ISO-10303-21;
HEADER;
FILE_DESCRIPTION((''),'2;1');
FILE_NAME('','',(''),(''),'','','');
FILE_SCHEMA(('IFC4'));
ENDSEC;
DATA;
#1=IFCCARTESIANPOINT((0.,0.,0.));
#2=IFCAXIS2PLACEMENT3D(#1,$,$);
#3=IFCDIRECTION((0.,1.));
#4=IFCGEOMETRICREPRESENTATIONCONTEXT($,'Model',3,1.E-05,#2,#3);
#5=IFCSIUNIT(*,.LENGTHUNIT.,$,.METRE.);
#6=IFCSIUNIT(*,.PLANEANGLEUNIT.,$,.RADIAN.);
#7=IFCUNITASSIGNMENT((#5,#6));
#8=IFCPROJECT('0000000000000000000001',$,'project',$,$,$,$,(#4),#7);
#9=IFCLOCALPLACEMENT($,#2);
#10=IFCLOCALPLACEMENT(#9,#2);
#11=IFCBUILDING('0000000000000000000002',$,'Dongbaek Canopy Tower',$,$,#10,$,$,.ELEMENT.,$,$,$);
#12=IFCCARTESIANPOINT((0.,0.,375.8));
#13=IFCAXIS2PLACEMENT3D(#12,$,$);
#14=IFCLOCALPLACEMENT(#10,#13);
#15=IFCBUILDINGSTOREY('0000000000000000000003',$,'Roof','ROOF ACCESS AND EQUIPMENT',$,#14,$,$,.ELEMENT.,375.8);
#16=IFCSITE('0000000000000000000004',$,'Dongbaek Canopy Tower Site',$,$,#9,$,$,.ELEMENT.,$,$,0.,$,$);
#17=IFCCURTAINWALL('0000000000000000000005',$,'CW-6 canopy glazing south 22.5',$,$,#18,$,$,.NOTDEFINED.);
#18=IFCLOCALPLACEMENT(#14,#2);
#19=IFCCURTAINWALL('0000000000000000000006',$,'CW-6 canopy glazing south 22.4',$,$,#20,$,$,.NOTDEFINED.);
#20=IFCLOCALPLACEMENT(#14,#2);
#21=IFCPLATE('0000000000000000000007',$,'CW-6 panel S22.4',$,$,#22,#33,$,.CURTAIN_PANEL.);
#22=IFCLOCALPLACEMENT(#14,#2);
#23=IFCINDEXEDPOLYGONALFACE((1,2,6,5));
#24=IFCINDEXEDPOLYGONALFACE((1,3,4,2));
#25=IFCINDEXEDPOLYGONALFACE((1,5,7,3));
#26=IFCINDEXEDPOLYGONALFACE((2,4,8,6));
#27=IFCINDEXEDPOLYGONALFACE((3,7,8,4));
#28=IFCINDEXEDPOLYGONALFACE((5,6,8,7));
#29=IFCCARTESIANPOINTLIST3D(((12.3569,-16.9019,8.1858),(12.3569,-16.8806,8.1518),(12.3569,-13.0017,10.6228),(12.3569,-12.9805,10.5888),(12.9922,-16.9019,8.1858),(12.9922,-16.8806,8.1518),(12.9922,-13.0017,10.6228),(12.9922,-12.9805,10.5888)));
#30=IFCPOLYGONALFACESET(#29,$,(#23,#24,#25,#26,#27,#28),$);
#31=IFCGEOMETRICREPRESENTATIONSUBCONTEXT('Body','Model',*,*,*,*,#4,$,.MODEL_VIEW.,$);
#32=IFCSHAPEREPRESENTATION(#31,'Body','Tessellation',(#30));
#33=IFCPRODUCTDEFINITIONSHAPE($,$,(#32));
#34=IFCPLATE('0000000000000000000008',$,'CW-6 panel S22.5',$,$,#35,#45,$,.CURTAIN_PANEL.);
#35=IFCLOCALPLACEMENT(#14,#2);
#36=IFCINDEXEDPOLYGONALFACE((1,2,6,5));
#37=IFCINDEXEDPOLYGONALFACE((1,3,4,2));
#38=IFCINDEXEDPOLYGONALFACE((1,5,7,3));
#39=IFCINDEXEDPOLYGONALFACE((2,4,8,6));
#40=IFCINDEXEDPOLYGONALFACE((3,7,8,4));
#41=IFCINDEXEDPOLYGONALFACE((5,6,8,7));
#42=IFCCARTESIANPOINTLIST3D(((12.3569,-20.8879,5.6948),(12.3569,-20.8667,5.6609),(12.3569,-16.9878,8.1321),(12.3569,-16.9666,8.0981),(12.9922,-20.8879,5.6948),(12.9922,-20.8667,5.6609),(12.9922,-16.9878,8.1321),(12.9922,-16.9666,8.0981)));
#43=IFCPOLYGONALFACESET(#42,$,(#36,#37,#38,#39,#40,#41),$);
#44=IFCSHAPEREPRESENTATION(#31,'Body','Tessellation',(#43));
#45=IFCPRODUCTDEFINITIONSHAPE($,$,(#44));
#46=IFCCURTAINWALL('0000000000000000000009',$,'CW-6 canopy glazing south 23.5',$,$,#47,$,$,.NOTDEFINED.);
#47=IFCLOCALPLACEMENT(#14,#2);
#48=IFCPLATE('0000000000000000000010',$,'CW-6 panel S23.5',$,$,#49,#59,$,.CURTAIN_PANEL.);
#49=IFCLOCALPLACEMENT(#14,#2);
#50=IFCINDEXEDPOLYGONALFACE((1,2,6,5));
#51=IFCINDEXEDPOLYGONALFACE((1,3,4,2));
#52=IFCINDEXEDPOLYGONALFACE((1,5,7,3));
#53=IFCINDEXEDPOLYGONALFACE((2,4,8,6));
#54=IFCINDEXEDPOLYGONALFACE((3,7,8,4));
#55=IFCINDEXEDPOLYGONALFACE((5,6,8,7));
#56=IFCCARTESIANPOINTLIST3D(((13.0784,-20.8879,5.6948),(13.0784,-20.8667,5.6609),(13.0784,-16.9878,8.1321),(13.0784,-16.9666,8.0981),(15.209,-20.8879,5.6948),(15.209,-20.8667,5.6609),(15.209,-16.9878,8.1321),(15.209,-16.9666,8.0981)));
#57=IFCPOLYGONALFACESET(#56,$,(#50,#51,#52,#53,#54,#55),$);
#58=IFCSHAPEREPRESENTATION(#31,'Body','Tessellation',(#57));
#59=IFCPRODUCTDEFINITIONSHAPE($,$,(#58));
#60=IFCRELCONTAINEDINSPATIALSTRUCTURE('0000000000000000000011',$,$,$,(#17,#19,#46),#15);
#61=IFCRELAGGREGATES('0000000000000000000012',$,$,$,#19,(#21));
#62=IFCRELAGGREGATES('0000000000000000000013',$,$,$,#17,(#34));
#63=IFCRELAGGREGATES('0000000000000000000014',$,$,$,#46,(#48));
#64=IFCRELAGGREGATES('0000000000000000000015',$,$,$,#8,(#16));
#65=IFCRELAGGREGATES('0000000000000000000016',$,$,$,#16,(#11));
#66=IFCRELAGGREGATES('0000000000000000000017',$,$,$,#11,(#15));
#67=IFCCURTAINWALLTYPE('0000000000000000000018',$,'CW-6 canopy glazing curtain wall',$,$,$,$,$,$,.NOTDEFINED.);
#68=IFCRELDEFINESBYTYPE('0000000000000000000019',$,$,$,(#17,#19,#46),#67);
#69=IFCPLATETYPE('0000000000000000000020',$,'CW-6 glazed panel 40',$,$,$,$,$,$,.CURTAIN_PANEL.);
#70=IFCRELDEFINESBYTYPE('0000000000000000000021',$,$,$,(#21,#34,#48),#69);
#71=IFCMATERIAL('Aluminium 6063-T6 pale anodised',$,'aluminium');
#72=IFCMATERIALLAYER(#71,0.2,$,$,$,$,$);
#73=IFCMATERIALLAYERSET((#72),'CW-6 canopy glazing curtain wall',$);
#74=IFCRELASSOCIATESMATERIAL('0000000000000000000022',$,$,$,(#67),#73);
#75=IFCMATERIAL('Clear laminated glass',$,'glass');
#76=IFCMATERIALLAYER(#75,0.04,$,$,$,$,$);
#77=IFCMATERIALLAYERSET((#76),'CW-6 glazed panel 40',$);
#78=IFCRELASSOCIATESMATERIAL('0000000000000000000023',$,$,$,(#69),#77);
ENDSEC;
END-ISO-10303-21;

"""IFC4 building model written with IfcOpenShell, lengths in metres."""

from ifc_helpers import new_model, si_unit, direction, frame, origin, place, context, subcontext, project, spatial, polyline, outline, extrude, material, layer, layer_set, type_object, element, aggregate, save


model = new_model("IFC4")

# Units and contexts
model_context = context("Model", 3, precision=1e-05, world=origin(), true_north=direction((0.0, 1.0)))
body_context = subcontext(model_context, "Body", "Model", "MODEL_VIEW")
ifc_project = project(units=[si_unit("LENGTHUNIT", "METRE"), si_unit("PLANEANGLEUNIT", "RADIAN")], contexts=[model_context])

# Site, building, storey
site_placement = place(None, origin())
site = spatial("IfcSite", under=ifc_project, at=site_placement, Name="Dongbaek Canopy Tower Site", CompositionType="ELEMENT", RefElevation=0.0)
building_placement = place(site_placement, origin())
building = spatial("IfcBuilding", under=site, at=building_placement, Name="Dongbaek Canopy Tower", CompositionType="ELEMENT")
storey_placement = place(building_placement, frame((0.0, 0.0, 375.8)))
storey = spatial("IfcBuildingStorey", under=building, at=storey_placement, Name="Roof", Description="ROOF ACCESS AND EQUIPMENT", CompositionType="ELEMENT", Elevation=375.8)

# Curtain walls
ifc_material_1 = material(Name="Aluminium 6063-T6 pale anodised", Category="aluminium")
ifc_layer_1 = layer(ifc_material_1, 0.2)
ifc_layer_set_1 = layer_set([ifc_layer_1], Name="CW-6 canopy glazing curtain wall")
curtain_wall_type = type_object("IfcCurtainWallType", Name="CW-6 canopy glazing curtain wall", PredefinedType="NOTDEFINED", material=ifc_layer_set_1)
curtain_wall_1_placement = place(storey_placement, origin())
curtain_wall_1 = element("IfcCurtainWall", 1, at=curtain_wall_1_placement, inside=storey, type_object=curtain_wall_type, Name="CW-6 canopy glazing south 22.5", PredefinedType="NOTDEFINED")
curtain_wall_2_placement = place(storey_placement, origin())
curtain_wall_2 = element("IfcCurtainWall", 2, at=curtain_wall_2_placement, inside=storey, type_object=curtain_wall_type, Name="CW-6 canopy glazing south 22.4", PredefinedType="NOTDEFINED")

# Shared definitions
ifc_material_2 = material(Name="Clear laminated glass", Category="glass")
ifc_layer_2 = layer(ifc_material_2, 0.04)
ifc_layer_set_2 = layer_set([ifc_layer_2], Name="CW-6 glazed panel 40")
plate_type = type_object("IfcPlateType", Name="CW-6 glazed panel 40", PredefinedType="CURTAIN_PANEL", material=ifc_layer_set_2)

# Plates
plate_1_placement = place(storey_placement, frame((12.9922, -16.9019, 8.1858), z_axis=(0.0, -0.529908, 0.848055), x_axis=(-1.0, 0.0, 0.0)))
plate_1 = element("IfcPlate", 3, at=plate_1_placement, type_object=plate_type, Name="CW-6 panel S22.4", PredefinedType="CURTAIN_PANEL", context=body_context, shape_type="SweptSolid", body=[
    extrude(outline(polyline([(0.0, 0.0), (0.6353, 0.0), (0.6353, -4.5989), (0.0, -4.5989), (0.0, 0.0)])), origin(), (0.0, 0.0, -1.0), 0.04),
])
aggregate(curtain_wall_2, [plate_1])
plate_2_placement = place(storey_placement, frame((12.9922, -20.8879, 5.6948), z_axis=(0.0, -0.529946, 0.848031), x_axis=(-1.0, 0.0, 0.0)))
plate_2 = element("IfcPlate", 4, at=plate_2_placement, type_object=plate_type, Name="CW-6 panel S22.5", PredefinedType="CURTAIN_PANEL", context=body_context, shape_type="SweptSolid", body=[
    extrude(outline(polyline([(0.0, 0.0), (0.6353, 0.0), (0.6353, -4.5991), (0.0, -4.5991), (0.0, 0.0)])), origin(), (0.0, 0.0, -1.0), 0.04),
])
aggregate(curtain_wall_1, [plate_2])

# Curtain wall, plate
curtain_wall_3_placement = place(storey_placement, origin())
curtain_wall_3 = element("IfcCurtainWall", 5, at=curtain_wall_3_placement, inside=storey, type_object=curtain_wall_type, Name="CW-6 canopy glazing south 23.5", PredefinedType="NOTDEFINED")
plate_3_placement = place(storey_placement, frame((15.209, -20.8879, 5.6948), z_axis=(0.0, -0.529946, 0.848031), x_axis=(-1.0, 0.0, 0.0)))
plate_3 = element("IfcPlate", 6, at=plate_3_placement, type_object=plate_type, Name="CW-6 panel S23.5", PredefinedType="CURTAIN_PANEL", context=body_context, shape_type="SweptSolid", body=[
    extrude(outline(polyline([(0.0, 0.0), (2.1306, 0.0), (2.1306, -4.5991), (0.0, -4.5991), (0.0, 0.0)])), origin(), (0.0, 0.0, -1.0), 0.04),
])
aggregate(curtain_wall_3, [plate_3])

save(model, "model.ifc")
